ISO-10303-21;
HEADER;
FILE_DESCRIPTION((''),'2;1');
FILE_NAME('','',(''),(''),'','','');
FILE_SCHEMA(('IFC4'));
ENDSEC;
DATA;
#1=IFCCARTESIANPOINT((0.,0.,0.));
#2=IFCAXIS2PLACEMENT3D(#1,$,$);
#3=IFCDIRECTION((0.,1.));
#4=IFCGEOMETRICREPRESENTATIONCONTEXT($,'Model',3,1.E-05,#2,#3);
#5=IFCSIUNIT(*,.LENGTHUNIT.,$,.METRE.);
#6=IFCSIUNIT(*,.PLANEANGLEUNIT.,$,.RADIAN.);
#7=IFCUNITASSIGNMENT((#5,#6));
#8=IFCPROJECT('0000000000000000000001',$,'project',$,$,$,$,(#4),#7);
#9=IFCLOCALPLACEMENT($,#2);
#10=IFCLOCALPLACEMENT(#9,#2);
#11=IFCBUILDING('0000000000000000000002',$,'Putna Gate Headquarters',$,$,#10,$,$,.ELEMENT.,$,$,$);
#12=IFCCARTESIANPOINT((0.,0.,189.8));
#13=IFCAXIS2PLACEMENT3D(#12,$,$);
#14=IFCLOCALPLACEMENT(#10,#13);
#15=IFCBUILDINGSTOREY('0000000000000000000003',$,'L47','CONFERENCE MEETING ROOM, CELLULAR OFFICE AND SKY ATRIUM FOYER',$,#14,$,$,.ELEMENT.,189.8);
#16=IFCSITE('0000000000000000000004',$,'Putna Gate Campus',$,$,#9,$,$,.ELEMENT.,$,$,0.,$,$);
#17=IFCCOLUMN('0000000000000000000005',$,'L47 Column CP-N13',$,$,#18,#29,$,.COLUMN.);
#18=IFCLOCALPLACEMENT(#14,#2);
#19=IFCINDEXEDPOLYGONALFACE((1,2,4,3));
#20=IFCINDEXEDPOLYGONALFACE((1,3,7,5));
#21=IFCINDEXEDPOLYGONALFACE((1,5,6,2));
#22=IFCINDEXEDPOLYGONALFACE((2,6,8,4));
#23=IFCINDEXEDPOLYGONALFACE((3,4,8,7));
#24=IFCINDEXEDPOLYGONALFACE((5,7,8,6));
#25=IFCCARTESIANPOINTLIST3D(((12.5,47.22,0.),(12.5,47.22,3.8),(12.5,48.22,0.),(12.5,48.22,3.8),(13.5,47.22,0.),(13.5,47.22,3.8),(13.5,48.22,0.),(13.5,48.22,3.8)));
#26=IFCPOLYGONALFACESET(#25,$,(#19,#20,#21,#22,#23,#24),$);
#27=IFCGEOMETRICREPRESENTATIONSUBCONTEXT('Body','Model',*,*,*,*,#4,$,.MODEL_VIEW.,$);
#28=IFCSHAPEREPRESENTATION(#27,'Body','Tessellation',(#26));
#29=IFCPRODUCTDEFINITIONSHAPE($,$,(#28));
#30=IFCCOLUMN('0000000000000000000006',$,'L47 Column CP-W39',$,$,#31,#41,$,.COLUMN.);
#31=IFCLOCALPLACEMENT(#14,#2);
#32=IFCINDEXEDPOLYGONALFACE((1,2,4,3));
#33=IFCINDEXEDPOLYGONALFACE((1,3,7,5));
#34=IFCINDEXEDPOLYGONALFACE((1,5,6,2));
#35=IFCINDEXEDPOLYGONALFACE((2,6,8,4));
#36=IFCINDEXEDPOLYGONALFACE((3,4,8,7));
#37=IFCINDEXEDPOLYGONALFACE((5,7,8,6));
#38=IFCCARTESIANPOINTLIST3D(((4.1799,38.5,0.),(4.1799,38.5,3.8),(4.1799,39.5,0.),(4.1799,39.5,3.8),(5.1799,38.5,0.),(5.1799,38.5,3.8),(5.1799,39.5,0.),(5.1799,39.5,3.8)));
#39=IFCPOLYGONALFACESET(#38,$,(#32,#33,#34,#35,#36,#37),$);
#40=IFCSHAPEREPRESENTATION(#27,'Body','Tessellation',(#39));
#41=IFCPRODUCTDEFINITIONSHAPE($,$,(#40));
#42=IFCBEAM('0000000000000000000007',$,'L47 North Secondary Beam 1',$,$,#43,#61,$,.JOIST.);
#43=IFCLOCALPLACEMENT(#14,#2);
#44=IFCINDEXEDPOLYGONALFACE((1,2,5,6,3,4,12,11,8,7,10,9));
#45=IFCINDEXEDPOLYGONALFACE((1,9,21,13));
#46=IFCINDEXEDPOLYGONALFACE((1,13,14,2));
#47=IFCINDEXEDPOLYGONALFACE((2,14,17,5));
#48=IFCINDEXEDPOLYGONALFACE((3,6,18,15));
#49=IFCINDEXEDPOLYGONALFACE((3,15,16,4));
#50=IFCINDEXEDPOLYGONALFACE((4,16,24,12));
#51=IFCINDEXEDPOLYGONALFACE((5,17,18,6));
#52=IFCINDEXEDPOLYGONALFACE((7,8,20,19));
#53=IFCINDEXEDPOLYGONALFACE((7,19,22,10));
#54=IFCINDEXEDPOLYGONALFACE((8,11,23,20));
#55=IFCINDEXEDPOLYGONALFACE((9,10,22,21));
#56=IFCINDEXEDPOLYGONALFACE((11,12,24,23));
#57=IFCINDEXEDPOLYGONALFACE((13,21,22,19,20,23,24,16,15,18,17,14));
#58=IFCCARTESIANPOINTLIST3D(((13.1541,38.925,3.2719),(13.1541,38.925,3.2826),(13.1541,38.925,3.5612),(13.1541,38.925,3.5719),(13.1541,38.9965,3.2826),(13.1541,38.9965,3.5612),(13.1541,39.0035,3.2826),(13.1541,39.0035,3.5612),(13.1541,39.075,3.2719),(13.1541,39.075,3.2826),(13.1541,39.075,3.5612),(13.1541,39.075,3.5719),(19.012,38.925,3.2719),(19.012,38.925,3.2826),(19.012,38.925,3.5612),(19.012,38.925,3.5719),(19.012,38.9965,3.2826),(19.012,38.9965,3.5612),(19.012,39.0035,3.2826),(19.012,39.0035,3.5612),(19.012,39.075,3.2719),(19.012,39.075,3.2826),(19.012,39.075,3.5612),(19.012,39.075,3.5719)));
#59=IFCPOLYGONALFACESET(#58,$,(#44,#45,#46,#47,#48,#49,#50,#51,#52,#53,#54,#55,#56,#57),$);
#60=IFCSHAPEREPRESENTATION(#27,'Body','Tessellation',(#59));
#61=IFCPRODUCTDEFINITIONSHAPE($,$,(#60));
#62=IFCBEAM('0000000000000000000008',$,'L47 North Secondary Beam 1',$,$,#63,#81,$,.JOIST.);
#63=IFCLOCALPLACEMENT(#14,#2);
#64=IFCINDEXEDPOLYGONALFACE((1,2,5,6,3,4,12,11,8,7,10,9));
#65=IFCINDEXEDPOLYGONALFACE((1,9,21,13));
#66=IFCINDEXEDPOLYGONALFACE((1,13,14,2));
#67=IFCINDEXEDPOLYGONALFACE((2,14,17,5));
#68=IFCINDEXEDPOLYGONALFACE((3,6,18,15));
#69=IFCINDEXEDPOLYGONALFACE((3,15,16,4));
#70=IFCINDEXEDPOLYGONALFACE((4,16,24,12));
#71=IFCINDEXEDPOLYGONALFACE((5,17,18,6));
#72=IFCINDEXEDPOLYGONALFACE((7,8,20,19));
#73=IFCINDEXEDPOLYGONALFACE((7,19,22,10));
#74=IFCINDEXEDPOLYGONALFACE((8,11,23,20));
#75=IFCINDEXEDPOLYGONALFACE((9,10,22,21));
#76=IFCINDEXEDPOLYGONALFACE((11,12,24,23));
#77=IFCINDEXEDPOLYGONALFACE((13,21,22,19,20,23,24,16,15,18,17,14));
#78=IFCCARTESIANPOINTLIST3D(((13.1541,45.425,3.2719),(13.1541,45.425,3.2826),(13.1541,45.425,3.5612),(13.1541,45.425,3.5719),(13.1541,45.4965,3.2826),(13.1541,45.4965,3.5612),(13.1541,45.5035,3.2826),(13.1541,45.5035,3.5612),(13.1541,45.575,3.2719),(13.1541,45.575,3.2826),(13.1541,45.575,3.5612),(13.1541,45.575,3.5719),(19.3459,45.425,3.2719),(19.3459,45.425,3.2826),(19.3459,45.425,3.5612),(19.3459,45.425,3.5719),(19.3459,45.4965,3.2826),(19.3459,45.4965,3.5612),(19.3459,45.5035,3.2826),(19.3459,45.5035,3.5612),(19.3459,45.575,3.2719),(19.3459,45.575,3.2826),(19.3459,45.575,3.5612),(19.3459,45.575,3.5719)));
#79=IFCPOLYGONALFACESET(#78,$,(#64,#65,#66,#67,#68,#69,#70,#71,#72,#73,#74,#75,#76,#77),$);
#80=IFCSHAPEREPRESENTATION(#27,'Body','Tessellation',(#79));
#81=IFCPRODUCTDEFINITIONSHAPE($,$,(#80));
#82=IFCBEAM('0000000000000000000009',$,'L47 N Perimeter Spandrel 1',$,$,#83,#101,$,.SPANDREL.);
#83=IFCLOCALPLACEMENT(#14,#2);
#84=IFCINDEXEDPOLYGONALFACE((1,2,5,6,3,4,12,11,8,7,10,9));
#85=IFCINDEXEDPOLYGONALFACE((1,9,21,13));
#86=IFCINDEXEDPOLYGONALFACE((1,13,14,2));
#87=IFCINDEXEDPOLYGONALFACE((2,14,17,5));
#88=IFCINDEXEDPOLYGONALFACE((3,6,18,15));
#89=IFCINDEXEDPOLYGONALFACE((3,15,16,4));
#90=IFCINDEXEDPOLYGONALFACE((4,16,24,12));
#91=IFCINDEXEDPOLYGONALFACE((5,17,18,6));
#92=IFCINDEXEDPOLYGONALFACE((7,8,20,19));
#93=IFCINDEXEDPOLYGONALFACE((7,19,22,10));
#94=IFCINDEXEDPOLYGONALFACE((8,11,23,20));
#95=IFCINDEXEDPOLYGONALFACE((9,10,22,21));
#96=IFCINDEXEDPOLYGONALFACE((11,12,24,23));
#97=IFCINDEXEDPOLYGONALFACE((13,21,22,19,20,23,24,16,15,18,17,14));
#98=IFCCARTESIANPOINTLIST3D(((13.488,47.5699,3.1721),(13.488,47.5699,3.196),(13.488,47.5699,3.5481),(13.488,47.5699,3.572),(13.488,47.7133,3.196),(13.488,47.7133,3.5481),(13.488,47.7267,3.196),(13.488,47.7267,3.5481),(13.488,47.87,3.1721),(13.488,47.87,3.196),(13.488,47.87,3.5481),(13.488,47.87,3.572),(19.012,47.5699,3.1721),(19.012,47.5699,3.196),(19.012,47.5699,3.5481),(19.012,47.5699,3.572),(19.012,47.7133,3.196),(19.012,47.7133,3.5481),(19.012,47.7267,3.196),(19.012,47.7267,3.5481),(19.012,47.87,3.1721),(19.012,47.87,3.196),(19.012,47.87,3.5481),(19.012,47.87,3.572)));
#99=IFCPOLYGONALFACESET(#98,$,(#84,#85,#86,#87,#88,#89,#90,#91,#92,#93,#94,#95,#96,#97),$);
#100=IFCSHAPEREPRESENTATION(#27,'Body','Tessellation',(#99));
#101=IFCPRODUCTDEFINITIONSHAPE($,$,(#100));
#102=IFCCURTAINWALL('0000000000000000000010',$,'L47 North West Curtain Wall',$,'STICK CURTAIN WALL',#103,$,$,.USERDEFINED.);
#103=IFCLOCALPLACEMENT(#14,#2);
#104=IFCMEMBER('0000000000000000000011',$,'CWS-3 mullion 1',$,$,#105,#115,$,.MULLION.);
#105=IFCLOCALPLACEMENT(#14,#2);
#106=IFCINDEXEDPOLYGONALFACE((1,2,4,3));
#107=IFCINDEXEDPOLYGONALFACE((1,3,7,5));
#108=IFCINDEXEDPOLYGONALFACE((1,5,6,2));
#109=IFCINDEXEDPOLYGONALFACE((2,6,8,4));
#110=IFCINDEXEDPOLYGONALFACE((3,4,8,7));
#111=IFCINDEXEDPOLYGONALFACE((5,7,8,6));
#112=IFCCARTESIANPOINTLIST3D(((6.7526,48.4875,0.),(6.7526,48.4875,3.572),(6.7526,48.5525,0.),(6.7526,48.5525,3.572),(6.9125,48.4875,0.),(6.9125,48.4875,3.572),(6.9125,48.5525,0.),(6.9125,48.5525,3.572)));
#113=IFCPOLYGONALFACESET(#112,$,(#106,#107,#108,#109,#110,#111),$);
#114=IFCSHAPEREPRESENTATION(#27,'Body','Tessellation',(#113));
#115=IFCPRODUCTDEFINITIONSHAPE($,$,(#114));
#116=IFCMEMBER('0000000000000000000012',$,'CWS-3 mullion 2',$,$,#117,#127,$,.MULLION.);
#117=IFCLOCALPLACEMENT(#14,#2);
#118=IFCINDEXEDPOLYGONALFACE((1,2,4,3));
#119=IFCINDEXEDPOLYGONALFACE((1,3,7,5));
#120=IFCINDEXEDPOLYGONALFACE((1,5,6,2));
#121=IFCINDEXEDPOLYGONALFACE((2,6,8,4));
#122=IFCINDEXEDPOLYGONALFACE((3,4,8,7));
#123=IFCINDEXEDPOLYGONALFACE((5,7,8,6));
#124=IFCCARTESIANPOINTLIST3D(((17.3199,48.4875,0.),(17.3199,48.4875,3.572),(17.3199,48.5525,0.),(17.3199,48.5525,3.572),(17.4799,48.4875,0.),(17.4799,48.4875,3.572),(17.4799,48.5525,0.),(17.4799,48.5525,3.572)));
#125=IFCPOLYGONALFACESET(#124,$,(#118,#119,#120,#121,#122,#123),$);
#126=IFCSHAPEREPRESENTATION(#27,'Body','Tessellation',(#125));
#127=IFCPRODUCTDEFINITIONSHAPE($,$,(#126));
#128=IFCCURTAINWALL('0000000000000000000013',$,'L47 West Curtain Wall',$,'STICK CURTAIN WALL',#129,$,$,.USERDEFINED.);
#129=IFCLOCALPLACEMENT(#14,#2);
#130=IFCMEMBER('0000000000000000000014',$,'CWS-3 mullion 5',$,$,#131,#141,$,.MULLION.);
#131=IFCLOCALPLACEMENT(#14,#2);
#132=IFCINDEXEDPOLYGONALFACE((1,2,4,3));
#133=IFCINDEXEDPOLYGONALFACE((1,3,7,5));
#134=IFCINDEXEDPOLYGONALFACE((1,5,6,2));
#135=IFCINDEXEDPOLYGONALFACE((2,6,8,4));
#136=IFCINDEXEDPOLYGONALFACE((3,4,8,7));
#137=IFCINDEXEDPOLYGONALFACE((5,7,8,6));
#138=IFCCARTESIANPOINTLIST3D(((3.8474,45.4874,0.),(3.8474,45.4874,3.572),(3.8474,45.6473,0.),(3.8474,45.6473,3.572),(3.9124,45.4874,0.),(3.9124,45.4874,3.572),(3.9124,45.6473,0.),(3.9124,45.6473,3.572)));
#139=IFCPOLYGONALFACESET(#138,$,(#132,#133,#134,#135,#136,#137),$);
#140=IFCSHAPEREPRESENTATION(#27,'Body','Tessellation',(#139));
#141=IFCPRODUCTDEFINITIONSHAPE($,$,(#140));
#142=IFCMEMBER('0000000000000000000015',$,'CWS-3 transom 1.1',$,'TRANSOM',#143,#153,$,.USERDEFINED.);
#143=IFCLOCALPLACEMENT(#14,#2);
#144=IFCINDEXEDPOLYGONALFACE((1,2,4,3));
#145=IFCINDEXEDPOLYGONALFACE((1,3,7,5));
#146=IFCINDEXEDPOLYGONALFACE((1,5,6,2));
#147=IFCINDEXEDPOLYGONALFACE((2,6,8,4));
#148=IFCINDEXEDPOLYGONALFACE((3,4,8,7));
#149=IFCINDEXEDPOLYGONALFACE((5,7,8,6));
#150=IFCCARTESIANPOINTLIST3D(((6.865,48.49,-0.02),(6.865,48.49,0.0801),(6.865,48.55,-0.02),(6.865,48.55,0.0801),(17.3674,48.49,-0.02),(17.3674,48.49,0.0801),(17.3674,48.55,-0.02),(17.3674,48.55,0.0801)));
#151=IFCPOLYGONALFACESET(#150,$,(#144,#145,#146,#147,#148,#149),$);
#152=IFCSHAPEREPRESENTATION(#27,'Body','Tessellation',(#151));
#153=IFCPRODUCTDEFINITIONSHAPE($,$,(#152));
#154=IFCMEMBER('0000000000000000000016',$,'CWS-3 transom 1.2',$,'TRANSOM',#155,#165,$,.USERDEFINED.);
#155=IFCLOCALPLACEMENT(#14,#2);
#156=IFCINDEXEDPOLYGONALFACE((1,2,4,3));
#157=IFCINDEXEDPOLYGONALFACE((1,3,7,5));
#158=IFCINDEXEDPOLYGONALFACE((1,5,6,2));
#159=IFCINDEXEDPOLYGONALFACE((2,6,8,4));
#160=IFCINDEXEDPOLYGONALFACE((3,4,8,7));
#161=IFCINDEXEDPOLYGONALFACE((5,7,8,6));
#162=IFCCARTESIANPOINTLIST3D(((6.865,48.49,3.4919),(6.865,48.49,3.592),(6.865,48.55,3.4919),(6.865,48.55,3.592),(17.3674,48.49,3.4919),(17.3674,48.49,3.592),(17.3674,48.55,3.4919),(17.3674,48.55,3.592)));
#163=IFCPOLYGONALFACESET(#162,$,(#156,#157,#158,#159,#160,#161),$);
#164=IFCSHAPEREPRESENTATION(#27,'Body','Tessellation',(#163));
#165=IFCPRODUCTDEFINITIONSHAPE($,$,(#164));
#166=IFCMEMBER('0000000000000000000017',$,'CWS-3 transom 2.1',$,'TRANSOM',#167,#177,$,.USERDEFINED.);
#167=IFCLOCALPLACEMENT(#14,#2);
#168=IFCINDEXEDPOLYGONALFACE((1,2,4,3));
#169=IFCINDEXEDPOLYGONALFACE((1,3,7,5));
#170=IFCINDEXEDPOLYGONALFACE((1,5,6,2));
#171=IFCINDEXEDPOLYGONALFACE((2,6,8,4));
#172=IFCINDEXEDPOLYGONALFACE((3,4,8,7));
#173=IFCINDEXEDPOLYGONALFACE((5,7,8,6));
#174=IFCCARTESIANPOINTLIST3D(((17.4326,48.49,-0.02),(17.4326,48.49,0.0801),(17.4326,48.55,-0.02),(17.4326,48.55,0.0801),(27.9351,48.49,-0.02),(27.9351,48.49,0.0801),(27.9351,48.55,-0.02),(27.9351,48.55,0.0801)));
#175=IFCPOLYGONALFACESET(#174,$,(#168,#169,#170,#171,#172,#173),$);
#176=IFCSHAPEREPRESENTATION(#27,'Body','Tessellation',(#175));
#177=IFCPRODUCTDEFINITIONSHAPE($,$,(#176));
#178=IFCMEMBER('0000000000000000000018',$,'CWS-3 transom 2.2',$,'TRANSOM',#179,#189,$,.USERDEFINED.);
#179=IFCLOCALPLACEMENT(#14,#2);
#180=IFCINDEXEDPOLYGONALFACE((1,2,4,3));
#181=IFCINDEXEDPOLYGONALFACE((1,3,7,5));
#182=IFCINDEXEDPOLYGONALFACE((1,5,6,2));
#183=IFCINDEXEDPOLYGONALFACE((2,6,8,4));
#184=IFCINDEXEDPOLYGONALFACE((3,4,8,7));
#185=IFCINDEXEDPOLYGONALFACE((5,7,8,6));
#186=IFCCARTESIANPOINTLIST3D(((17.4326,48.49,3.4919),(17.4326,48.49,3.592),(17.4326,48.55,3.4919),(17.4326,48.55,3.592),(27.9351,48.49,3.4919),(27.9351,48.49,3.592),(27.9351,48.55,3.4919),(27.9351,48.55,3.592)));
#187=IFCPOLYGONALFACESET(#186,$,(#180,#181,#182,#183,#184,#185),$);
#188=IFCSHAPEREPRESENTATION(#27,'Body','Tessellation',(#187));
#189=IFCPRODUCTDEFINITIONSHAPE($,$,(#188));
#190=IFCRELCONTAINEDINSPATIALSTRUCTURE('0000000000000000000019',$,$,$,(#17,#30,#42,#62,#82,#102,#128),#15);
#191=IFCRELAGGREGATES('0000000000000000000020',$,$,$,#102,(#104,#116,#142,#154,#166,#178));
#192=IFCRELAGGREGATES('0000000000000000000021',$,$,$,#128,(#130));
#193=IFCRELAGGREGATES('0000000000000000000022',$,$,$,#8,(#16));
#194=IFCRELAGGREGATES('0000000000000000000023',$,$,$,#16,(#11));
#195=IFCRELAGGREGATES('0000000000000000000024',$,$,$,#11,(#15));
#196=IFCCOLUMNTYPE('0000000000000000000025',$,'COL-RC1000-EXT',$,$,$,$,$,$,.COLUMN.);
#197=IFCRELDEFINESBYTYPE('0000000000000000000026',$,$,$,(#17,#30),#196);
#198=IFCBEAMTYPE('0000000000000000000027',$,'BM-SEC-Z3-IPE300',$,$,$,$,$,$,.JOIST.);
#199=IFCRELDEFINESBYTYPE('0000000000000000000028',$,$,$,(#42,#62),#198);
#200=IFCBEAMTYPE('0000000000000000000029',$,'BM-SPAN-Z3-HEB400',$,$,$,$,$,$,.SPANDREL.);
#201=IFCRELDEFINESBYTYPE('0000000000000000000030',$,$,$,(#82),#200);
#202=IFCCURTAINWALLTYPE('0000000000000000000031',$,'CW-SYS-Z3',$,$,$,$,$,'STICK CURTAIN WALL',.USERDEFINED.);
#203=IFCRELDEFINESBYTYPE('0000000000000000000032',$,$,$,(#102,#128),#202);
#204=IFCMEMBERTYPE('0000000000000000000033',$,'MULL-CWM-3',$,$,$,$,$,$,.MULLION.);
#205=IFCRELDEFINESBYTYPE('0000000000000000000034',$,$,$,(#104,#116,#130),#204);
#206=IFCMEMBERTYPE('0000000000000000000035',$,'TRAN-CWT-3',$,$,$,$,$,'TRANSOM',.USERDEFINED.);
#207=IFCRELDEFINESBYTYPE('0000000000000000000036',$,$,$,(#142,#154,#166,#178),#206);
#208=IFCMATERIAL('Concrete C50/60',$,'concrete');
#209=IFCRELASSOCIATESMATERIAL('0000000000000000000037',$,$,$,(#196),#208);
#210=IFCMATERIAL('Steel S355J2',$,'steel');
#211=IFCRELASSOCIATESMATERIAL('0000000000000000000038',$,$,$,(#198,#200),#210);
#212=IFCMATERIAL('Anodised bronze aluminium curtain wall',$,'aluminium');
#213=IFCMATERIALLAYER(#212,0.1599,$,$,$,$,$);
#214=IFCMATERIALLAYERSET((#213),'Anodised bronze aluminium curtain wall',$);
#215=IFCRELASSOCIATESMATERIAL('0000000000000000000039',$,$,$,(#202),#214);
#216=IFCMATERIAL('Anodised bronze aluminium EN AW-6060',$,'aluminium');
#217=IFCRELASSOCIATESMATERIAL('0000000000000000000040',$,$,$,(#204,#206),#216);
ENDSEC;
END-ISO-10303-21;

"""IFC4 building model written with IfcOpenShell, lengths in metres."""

from ifc_helpers import new_model, si_unit, direction, frame, origin, origin_2d, place, context, subcontext, project, spatial, rectangle, i_section, extrude, material, layer, layer_set, material_profile, profile_set, type_object, element, aggregate, save


model = new_model("IFC4")

# Units and contexts
model_context = context("Model", 3, precision=1e-05, world=origin(), true_north=direction((0.0, 1.0)))
body_context = subcontext(model_context, "Body", "Model", "MODEL_VIEW")
ifc_project = project(units=[si_unit("LENGTHUNIT", "METRE"), si_unit("PLANEANGLEUNIT", "RADIAN")], contexts=[model_context])

# Site, building, storey
site_placement = place(None, origin())
site = spatial("IfcSite", under=ifc_project, at=site_placement, Name="Putna Gate Campus", CompositionType="ELEMENT", RefElevation=0.0)
building_placement = place(site_placement, origin())
building = spatial("IfcBuilding", under=site, at=building_placement, Name="Putna Gate Headquarters", CompositionType="ELEMENT")
storey_placement = place(building_placement, frame((0.0, 0.0, 189.8)))
storey = spatial("IfcBuildingStorey", under=building, at=storey_placement, Name="L47", Description="CONFERENCE MEETING ROOM, CELLULAR OFFICE AND SKY ATRIUM FOYER", CompositionType="ELEMENT", Elevation=189.8)

# Columns
ifc_material_1 = material(Name="Concrete C50/60", Category="concrete")
ifc_material_profile_1 = material_profile(ifc_material_1, rectangle(XDim=1.0, YDim=1.0, at=origin_2d()), Name="Concrete C50/60")
ifc_profile_set_1 = profile_set([ifc_material_profile_1], Name="Concrete C50/60")
column_type = type_object("IfcColumnType", Name="COL-RC1000-EXT", PredefinedType="COLUMN", material=ifc_profile_set_1)
for number, where, z_axis, x_axis, name in (
    (1, (13.0, 47.72, 0.0), (0.0, 0.0, 1.0), (1.0, 0.0, 0.0), "L47 Column CP-N13"),
    (2, (4.6799, 39.0, 0.0), (0.0, 0.0, 1.0), (1.0, 0.0, 0.0), "L47 Column CP-W39"),
):
    element("IfcColumn", number, at=place(storey_placement, frame(where, z_axis=z_axis, x_axis=x_axis)), inside=storey, type_object=column_type, Name=name, PredefinedType="COLUMN", context=body_context, shape_type="SweptSolid", body=[
        extrude(rectangle(XDim=1.0, YDim=1.0, at=origin_2d()), origin(), (0.0, 0.0, 1.0), 3.8),
    ])

# Beams
ifc_material_2 = material(Name="Steel S355J2", Category="steel")
ifc_material_profile_2 = material_profile(ifc_material_2, i_section(OverallWidth=0.1499, OverallDepth=0.3, WebThickness=0.0071, FlangeThickness=0.0107, at=origin_2d()), Name="Steel S355J2")
ifc_profile_set_2 = profile_set([ifc_material_profile_2], Name="Steel S355J2")
beam_type_1 = type_object("IfcBeamType", Name="BM-SEC-Z3-IPE300", PredefinedType="JOIST", material=ifc_profile_set_2)
beam_1_placement = place(storey_placement, frame((13.1541, 39.0, 3.4219), z_axis=(1.0, 0.0, 0.0), x_axis=(0.0, 1.0, 0.0)))
element("IfcBeam", 3, at=beam_1_placement, inside=storey, type_object=beam_type_1, Name="L47 North Secondary Beam 1", PredefinedType="JOIST", context=body_context, shape_type="SweptSolid", body=[
    extrude(i_section(OverallWidth=0.1499, OverallDepth=0.3, WebThickness=0.0071, FlangeThickness=0.0107, at=origin_2d()), origin(), (0.0, 0.0, 1.0), 5.8579),
])
beam_2_placement = place(storey_placement, frame((13.1541, 45.5, 3.4219), z_axis=(1.0, 0.0, 0.0), x_axis=(0.0, 1.0, 0.0)))
element("IfcBeam", 4, at=beam_2_placement, inside=storey, type_object=beam_type_1, Name="L47 North Secondary Beam 1", PredefinedType="JOIST", context=body_context, shape_type="SweptSolid", body=[
    extrude(i_section(OverallWidth=0.1499, OverallDepth=0.3, WebThickness=0.0071, FlangeThickness=0.0107, at=origin_2d()), origin(), (0.0, 0.0, 1.0), 6.1919),
])
ifc_material_profile_3 = material_profile(ifc_material_2, i_section(OverallWidth=0.3, OverallDepth=0.3999, WebThickness=0.0134, FlangeThickness=0.0239, at=origin_2d()), Name="Steel S355J2")
ifc_profile_set_3 = profile_set([ifc_material_profile_3], Name="Steel S355J2")
beam_type_2 = type_object("IfcBeamType", Name="BM-SPAN-Z3-HEB400", PredefinedType="SPANDREL", material=ifc_profile_set_3)
beam_3_placement = place(storey_placement, frame((13.488, 47.72, 3.3721), z_axis=(1.0, 0.0, 0.0), x_axis=(0.0, 1.0, 0.0)))
element("IfcBeam", 5, at=beam_3_placement, inside=storey, type_object=beam_type_2, Name="L47 N Perimeter Spandrel 1", PredefinedType="SPANDREL", context=body_context, shape_type="SweptSolid", body=[
    extrude(i_section(OverallWidth=0.3, OverallDepth=0.3999, WebThickness=0.0134, FlangeThickness=0.0239, at=origin_2d()), origin(), (0.0, 0.0, 1.0), 5.5239),
])

# Curtain wall, members
ifc_material_3 = material(Name="Anodised bronze aluminium curtain wall", Category="aluminium")
ifc_layer_1 = layer(ifc_material_3, 0.1599)
ifc_layer_set_1 = layer_set([ifc_layer_1], Name="Anodised bronze aluminium curtain wall")
curtain_wall_type = type_object("IfcCurtainWallType", Name="CW-SYS-Z3", ElementType="STICK CURTAIN WALL", PredefinedType="USERDEFINED", material=ifc_layer_set_1)
curtain_wall_1_placement = place(storey_placement, origin())
curtain_wall_1 = element("IfcCurtainWall", 6, at=curtain_wall_1_placement, inside=storey, type_object=curtain_wall_type, Name="L47 North West Curtain Wall", ObjectType="STICK CURTAIN WALL", PredefinedType="USERDEFINED")
ifc_material_4 = material(Name="Anodised bronze aluminium EN AW-6060", Category="aluminium")
ifc_material_profile_4 = material_profile(ifc_material_4, rectangle(XDim=0.0649, YDim=0.1599, at=origin_2d()), Name="Anodised bronze aluminium EN AW-6060")
ifc_profile_set_4 = profile_set([ifc_material_profile_4], Name="Anodised bronze aluminium EN AW-6060")
member_type_1 = type_object("IfcMemberType", Name="MULL-CWM-3", PredefinedType="MULLION", material=ifc_profile_set_4)
member_1_placement = place(storey_placement, frame((6.8325, 48.52, 0.0), z_axis=(0.0, 0.0, 1.0), x_axis=(0.0, 1.0, 0.0)))
member_1 = element("IfcMember", 7, at=member_1_placement, type_object=member_type_1, Name="CWS-3 mullion 1", PredefinedType="MULLION", context=body_context, shape_type="SweptSolid", body=[
    extrude(rectangle(XDim=0.0649, YDim=0.1599, at=origin_2d()), origin(), (0.0, 0.0, 1.0), 3.572),
])
member_2_placement = place(storey_placement, frame((17.3999, 48.52, 0.0), z_axis=(0.0, 0.0, 1.0), x_axis=(0.0, 1.0, 0.0)))
member_2 = element("IfcMember", 8, at=member_2_placement, type_object=member_type_1, Name="CWS-3 mullion 2", PredefinedType="MULLION", context=body_context, shape_type="SweptSolid", body=[
    extrude(rectangle(XDim=0.0649, YDim=0.1599, at=origin_2d()), origin(), (0.0, 0.0, 1.0), 3.572),
])

# Curtain wall, member
curtain_wall_2_placement = place(storey_placement, origin())
curtain_wall_2 = element("IfcCurtainWall", 9, at=curtain_wall_2_placement, inside=storey, type_object=curtain_wall_type, Name="L47 West Curtain Wall", ObjectType="STICK CURTAIN WALL", PredefinedType="USERDEFINED")
member_3_placement = place(storey_placement, frame((3.8799, 45.5674, 0.0), z_axis=(0.0, 0.0, 1.0), x_axis=(-1.0, 0.0, 0.0)))
member_3 = element("IfcMember", 10, at=member_3_placement, type_object=member_type_1, Name="CWS-3 mullion 5", PredefinedType="MULLION", context=body_context, shape_type="SweptSolid", body=[
    extrude(rectangle(XDim=0.0649, YDim=0.1599, at=origin_2d()), origin(), (0.0, 0.0, 1.0), 3.572),
])

# Members
ifc_material_profile_5 = material_profile(ifc_material_4, rectangle(XDim=0.0601, YDim=0.1001, at=origin_2d()), Name="Anodised bronze aluminium EN AW-6060")
ifc_profile_set_5 = profile_set([ifc_material_profile_5], Name="Anodised bronze aluminium EN AW-6060")
member_type_2 = type_object("IfcMemberType", Name="TRAN-CWT-3", ElementType="TRANSOM", PredefinedType="USERDEFINED", material=ifc_profile_set_5)
member_4_placement = place(storey_placement, frame((6.865, 48.52, 0.03), z_axis=(1.0, 0.0, 0.0), x_axis=(0.0, 1.0, 0.0)))
member_4 = element("IfcMember", 11, at=member_4_placement, type_object=member_type_2, Name="CWS-3 transom 1.1", ObjectType="TRANSOM", PredefinedType="USERDEFINED", context=body_context, shape_type="SweptSolid", body=[
    extrude(rectangle(XDim=0.0601, YDim=0.1001, at=origin_2d()), origin(), (0.0, 0.0, 1.0), 10.5024),
])
member_5_placement = place(storey_placement, frame((6.865, 48.52, 3.542), z_axis=(1.0, 0.0, 0.0), x_axis=(0.0, 1.0, 0.0)))
member_5 = element("IfcMember", 12, at=member_5_placement, type_object=member_type_2, Name="CWS-3 transom 1.2", ObjectType="TRANSOM", PredefinedType="USERDEFINED", context=body_context, shape_type="SweptSolid", body=[
    extrude(rectangle(XDim=0.0601, YDim=0.1001, at=origin_2d()), origin(), (0.0, 0.0, 1.0), 10.5024),
])
member_6_placement = place(storey_placement, frame((17.4326, 48.52, 0.03), z_axis=(1.0, 0.0, 0.0), x_axis=(0.0, 1.0, 0.0)))
member_6 = element("IfcMember", 13, at=member_6_placement, type_object=member_type_2, Name="CWS-3 transom 2.1", ObjectType="TRANSOM", PredefinedType="USERDEFINED", context=body_context, shape_type="SweptSolid", body=[
    extrude(rectangle(XDim=0.0601, YDim=0.1001, at=origin_2d()), origin(), (0.0, 0.0, 1.0), 10.5024),
])
member_7_placement = place(storey_placement, frame((17.4326, 48.52, 3.542), z_axis=(1.0, 0.0, 0.0), x_axis=(0.0, 1.0, 0.0)))
member_7 = element("IfcMember", 14, at=member_7_placement, type_object=member_type_2, Name="CWS-3 transom 2.2", ObjectType="TRANSOM", PredefinedType="USERDEFINED", context=body_context, shape_type="SweptSolid", body=[
    extrude(rectangle(XDim=0.0601, YDim=0.1001, at=origin_2d()), origin(), (0.0, 0.0, 1.0), 10.5024),
])

aggregate(curtain_wall_1, [member_1, member_2, member_4, member_5, member_6, member_7])
aggregate(curtain_wall_2, [member_3])

save(model, "model.ifc")
